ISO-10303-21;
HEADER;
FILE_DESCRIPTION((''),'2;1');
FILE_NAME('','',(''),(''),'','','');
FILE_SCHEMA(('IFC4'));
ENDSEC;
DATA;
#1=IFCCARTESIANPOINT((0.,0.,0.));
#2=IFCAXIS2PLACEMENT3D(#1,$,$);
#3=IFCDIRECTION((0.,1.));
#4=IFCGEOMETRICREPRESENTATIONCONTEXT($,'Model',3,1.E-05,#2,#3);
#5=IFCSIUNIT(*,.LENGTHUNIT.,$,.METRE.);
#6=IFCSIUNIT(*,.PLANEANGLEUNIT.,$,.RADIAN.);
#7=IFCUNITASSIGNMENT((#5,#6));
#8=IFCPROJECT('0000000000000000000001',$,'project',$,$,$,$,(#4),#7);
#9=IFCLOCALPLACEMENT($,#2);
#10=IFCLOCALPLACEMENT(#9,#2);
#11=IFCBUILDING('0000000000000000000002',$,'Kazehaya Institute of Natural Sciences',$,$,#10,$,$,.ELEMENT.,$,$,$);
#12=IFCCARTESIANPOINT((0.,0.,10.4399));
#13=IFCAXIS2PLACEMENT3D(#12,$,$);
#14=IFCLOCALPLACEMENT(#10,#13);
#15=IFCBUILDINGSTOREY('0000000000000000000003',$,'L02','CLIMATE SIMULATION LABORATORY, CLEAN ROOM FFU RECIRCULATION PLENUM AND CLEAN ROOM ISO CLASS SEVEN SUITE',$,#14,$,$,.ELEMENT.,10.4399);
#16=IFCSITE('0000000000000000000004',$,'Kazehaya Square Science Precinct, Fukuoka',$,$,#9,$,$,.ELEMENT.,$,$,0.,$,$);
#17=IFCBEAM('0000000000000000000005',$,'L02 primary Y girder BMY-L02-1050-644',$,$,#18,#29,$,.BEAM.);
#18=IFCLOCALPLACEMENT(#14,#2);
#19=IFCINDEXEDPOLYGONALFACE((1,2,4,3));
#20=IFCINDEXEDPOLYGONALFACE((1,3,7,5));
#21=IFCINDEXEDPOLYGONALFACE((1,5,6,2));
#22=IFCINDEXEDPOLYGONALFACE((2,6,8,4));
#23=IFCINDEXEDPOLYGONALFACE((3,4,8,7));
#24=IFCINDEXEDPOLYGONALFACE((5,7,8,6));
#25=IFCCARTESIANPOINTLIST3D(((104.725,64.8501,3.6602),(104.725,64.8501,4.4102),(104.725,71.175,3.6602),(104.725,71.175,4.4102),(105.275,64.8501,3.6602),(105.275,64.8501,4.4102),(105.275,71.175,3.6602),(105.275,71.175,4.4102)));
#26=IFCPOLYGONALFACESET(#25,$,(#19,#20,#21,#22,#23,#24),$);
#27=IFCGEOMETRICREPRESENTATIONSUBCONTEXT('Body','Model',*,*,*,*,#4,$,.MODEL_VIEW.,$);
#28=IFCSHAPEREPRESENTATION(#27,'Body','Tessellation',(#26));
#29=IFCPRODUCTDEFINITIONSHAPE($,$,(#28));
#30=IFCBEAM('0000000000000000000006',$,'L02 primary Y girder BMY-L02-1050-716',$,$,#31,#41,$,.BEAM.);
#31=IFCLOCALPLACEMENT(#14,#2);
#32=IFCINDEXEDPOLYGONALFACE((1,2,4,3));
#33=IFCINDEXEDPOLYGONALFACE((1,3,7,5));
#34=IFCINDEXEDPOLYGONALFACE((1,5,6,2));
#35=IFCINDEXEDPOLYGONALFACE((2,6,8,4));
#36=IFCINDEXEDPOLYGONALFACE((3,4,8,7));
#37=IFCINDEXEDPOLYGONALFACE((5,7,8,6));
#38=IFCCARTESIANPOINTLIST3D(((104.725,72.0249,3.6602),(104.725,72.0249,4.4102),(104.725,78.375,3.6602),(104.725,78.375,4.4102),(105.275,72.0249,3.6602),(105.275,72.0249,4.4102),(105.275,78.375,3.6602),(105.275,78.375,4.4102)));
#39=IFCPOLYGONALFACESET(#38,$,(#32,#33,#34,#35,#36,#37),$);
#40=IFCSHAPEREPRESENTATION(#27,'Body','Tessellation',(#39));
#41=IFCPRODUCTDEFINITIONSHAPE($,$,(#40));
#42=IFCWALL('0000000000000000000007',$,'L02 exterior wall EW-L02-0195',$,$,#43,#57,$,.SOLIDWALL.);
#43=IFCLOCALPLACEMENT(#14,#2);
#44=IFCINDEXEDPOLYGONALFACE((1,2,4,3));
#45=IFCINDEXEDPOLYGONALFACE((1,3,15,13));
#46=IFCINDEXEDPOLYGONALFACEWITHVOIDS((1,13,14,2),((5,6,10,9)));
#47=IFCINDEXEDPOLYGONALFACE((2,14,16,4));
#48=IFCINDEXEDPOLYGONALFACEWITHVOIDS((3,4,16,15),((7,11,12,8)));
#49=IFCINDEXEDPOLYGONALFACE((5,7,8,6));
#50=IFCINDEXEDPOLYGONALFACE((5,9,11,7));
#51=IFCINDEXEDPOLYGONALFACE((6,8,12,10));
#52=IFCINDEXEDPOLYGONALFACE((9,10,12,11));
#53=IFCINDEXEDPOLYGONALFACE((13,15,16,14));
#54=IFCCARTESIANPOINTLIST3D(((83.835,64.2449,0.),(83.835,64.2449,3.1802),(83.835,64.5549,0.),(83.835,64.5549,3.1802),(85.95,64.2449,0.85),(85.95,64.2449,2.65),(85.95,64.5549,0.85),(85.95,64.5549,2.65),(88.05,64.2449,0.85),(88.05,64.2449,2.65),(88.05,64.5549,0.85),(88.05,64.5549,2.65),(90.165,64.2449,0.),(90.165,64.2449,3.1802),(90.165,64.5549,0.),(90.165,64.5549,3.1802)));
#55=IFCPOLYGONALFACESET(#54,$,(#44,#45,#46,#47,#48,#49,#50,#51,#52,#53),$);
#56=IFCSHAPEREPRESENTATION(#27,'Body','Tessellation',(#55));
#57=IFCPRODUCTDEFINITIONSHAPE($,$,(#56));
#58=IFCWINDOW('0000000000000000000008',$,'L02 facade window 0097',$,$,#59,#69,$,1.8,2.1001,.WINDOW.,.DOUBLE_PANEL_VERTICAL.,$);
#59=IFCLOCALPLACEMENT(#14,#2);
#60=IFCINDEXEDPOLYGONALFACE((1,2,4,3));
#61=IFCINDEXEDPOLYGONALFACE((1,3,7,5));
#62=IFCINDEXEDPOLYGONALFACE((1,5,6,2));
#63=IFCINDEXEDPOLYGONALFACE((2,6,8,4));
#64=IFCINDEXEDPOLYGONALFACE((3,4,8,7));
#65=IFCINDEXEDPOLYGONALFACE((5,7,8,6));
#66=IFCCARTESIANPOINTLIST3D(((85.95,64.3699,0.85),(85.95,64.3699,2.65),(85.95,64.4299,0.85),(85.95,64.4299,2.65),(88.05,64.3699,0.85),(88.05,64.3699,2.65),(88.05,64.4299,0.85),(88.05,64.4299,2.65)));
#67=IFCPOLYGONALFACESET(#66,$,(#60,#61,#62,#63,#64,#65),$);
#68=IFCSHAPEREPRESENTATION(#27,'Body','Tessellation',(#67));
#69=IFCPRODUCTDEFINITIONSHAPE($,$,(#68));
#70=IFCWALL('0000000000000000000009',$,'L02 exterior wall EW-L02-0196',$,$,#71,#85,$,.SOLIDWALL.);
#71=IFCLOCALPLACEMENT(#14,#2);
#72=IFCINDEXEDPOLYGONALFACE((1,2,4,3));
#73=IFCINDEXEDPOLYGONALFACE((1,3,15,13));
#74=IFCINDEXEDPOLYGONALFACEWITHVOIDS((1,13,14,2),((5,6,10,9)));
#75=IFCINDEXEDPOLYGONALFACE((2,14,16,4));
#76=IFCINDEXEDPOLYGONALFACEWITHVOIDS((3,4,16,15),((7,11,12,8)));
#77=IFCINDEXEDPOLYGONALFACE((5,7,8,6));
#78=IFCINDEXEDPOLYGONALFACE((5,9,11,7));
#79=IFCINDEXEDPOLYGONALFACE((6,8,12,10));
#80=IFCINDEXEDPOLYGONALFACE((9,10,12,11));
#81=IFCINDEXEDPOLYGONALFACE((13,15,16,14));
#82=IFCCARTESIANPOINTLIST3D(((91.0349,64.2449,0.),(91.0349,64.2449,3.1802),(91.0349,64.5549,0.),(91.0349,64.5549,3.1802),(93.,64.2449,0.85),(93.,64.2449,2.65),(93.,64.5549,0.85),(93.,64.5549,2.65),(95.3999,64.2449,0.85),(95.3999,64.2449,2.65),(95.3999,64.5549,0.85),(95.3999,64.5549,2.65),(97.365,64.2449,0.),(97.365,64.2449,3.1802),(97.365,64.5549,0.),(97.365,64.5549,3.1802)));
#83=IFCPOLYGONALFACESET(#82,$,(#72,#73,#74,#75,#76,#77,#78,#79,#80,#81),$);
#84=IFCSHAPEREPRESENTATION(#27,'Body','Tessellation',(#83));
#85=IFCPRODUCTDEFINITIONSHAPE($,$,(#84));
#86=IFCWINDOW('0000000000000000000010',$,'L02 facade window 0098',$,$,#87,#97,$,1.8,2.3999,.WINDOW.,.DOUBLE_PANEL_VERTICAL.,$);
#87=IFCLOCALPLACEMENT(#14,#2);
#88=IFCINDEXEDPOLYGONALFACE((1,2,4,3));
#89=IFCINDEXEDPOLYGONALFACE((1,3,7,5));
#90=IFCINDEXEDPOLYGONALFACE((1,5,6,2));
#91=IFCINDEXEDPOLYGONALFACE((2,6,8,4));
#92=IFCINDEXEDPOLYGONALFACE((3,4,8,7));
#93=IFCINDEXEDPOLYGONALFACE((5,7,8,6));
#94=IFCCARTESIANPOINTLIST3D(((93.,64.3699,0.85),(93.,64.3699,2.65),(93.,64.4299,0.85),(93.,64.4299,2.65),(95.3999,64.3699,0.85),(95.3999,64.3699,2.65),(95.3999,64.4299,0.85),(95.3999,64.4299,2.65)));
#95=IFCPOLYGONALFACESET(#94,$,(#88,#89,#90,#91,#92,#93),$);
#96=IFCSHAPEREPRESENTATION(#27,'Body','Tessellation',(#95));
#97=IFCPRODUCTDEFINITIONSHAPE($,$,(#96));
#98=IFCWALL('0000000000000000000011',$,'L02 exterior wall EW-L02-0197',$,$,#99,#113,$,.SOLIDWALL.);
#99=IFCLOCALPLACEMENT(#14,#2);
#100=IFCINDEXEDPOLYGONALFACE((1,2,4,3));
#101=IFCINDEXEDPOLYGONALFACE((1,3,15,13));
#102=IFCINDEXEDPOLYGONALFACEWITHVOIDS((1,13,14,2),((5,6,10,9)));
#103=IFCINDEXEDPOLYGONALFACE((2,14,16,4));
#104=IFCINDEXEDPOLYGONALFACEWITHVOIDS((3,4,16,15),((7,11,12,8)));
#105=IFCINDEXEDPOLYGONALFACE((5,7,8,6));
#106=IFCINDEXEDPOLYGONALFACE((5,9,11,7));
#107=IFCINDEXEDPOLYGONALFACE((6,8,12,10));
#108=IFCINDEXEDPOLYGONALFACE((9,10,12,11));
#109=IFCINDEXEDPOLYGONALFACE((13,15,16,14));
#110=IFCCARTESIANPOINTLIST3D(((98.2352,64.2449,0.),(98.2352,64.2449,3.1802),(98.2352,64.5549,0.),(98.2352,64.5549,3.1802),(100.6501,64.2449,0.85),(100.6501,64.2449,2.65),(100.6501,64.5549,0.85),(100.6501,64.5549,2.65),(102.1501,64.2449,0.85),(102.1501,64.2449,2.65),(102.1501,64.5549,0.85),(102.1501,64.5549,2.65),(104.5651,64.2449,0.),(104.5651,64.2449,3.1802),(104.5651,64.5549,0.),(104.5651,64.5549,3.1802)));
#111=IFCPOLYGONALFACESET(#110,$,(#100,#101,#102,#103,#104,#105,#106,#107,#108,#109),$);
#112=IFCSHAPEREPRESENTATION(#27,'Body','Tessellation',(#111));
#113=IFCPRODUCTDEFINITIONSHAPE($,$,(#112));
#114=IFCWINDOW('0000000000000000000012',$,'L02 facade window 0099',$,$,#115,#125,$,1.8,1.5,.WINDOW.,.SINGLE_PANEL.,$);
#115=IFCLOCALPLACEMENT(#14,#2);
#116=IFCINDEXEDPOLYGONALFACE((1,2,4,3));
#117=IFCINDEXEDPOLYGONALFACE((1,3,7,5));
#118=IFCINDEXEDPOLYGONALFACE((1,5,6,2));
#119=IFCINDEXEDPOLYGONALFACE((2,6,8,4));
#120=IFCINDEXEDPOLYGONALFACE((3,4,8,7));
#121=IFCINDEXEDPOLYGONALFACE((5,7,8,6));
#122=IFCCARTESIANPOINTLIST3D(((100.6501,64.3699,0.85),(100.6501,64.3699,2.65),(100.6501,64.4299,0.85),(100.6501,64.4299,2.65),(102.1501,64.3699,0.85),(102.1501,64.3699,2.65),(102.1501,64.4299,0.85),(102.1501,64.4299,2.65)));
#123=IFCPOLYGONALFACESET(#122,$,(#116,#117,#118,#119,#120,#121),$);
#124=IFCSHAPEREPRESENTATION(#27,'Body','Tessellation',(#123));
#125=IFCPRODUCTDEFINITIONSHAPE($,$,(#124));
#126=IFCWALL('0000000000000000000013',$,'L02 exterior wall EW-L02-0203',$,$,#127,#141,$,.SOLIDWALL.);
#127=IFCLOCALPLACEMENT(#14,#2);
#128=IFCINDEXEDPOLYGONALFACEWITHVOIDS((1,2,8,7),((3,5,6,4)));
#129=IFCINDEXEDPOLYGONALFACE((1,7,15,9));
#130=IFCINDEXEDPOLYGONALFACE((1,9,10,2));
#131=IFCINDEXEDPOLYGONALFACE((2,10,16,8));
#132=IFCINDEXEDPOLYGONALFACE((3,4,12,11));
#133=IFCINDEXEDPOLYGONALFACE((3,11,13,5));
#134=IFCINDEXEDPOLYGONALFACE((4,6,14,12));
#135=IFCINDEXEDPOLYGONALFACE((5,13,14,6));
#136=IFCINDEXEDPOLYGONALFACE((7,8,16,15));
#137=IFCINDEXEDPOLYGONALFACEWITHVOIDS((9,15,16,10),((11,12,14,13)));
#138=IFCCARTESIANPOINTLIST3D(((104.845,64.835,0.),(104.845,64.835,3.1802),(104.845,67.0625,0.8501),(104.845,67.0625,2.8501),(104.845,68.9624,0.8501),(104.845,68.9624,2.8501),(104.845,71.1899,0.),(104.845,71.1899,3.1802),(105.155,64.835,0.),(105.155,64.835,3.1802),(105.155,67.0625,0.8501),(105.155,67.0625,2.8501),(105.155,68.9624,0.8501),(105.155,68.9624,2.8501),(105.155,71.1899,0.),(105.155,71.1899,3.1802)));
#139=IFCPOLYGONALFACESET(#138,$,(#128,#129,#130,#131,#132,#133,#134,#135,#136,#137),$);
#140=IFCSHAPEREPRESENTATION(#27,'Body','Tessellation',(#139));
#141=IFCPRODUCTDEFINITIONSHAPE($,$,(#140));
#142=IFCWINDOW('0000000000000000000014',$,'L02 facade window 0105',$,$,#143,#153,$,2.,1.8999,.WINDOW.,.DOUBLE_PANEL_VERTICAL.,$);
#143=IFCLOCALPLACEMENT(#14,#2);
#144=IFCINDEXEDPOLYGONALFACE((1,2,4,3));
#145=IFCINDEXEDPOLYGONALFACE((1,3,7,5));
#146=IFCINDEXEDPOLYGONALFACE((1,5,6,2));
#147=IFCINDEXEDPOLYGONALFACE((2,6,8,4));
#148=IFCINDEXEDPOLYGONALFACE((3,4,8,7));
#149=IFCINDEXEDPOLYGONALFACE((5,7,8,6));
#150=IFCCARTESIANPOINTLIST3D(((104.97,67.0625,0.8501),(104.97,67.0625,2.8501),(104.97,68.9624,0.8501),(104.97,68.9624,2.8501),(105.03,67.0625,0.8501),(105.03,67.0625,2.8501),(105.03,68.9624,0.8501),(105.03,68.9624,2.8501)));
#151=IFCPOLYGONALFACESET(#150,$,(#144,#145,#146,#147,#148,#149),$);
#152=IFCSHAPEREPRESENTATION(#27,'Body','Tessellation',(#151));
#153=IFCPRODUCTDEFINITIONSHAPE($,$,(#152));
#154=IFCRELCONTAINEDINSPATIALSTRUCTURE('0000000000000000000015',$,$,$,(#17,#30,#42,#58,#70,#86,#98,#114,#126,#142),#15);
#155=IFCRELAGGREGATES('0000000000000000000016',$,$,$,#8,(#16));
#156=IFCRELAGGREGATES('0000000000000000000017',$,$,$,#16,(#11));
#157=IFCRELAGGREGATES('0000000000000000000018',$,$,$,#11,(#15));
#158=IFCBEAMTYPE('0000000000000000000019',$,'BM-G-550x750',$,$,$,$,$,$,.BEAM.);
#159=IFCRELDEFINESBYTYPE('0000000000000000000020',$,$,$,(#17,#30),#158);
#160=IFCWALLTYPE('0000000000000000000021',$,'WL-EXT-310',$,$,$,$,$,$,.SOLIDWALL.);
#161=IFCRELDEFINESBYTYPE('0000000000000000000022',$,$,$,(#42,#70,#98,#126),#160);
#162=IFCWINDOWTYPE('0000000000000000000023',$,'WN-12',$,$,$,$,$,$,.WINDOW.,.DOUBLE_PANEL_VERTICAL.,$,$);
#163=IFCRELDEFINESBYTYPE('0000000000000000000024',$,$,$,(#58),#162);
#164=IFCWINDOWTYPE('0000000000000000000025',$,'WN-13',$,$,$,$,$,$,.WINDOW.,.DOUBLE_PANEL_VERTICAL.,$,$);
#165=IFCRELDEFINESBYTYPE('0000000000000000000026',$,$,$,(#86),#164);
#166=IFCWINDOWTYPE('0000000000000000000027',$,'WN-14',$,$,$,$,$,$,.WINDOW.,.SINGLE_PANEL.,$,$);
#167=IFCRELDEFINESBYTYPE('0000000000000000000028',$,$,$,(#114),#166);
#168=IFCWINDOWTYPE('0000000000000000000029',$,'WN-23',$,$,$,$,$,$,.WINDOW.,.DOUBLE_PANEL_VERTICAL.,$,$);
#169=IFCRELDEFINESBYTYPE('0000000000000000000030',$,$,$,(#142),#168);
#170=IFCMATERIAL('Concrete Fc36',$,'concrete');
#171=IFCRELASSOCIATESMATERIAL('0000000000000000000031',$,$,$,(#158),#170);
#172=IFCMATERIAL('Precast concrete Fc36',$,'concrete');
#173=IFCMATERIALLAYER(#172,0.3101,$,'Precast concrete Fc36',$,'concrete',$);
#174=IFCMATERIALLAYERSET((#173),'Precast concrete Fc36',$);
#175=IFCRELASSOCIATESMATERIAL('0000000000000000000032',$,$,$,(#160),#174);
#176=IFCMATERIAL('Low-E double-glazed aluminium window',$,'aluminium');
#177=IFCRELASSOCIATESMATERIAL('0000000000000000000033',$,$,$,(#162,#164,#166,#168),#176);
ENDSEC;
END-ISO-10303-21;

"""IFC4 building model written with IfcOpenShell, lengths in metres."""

from ifc_helpers import new_model, si_unit, direction, frame, frame_2d, origin, origin_2d, place, context, subcontext, project, spatial, rectangle, extrude, material, layer, layer_set, material_profile, profile_set, type_object, element, fill, save


model = new_model("IFC4")

# Units and contexts
model_context = context("Model", 3, precision=1e-05, world=origin(), true_north=direction((0.0, 1.0)))
body_context = subcontext(model_context, "Body", "Model", "MODEL_VIEW")
ifc_project = project(units=[si_unit("LENGTHUNIT", "METRE"), si_unit("PLANEANGLEUNIT", "RADIAN")], contexts=[model_context])

# Site, building, storey
site_placement = place(None, origin())
site = spatial("IfcSite", under=ifc_project, at=site_placement, Name="Kazehaya Square Science Precinct, Fukuoka", CompositionType="ELEMENT", RefElevation=0.0)
building_placement = place(site_placement, origin())
building = spatial("IfcBuilding", under=site, at=building_placement, Name="Kazehaya Institute of Natural Sciences", CompositionType="ELEMENT")
storey_placement = place(building_placement, frame((0.0, 0.0, 10.4399)))
storey = spatial("IfcBuildingStorey", under=building, at=storey_placement, Name="L02", Description="CLIMATE SIMULATION LABORATORY, CLEAN ROOM FFU RECIRCULATION PLENUM AND CLEAN ROOM ISO CLASS SEVEN SUITE", CompositionType="ELEMENT", Elevation=10.4399)

# Beams
ifc_material_1 = material(Name="Concrete Fc36", Category="concrete")
ifc_material_profile_1 = material_profile(ifc_material_1, rectangle(XDim=0.55, YDim=0.75, at=origin_2d()), Name="RC-550x750")
ifc_profile_set_1 = profile_set([ifc_material_profile_1], Name="Concrete Fc36")
beam_type = type_object("IfcBeamType", Name="BM-G-550x750", PredefinedType="BEAM", material=ifc_profile_set_1)
beam_1_placement = place(storey_placement, frame((105.0, 64.8501, 4.0352), z_axis=(0.0, 1.0, 0.0), x_axis=(-1.0, 0.0, 0.0)))
element("IfcBeam", 1, at=beam_1_placement, inside=storey, type_object=beam_type, Name="L02 primary Y girder BMY-L02-1050-644", PredefinedType="BEAM", context=body_context, shape_type="SweptSolid", body=[
    extrude(rectangle(XDim=0.55, YDim=0.75, at=origin_2d()), origin(), (0.0, 0.0, 1.0), 6.325),
])
beam_2_placement = place(storey_placement, frame((105.0, 72.0249, 4.0352), z_axis=(0.0, 1.0, 0.0), x_axis=(-1.0, 0.0, 0.0)))
element("IfcBeam", 2, at=beam_2_placement, inside=storey, type_object=beam_type, Name="L02 primary Y girder BMY-L02-1050-716", PredefinedType="BEAM", context=body_context, shape_type="SweptSolid", body=[
    extrude(rectangle(XDim=0.55, YDim=0.75, at=origin_2d()), origin(), (0.0, 0.0, 1.0), 6.3501),
])

# Walls, openings, windows
ifc_material_2 = material(Name="Precast concrete Fc36", Category="concrete")
ifc_layer = layer(ifc_material_2, 0.3101, Name="Precast concrete Fc36", Category="concrete")
ifc_layer_set = layer_set([ifc_layer], Name="Precast concrete Fc36")
wall_type = type_object("IfcWallType", Name="WL-EXT-310", PredefinedType="SOLIDWALL", material=ifc_layer_set)
wall_1_placement = place(storey_placement, frame((83.835, 64.3999, 0.0), z_axis=(0.0, 0.0, 1.0), x_axis=(1.0, 0.0, 0.0)))
wall_1 = element("IfcWall", 3, at=wall_1_placement, inside=storey, type_object=wall_type, Name="L02 exterior wall EW-L02-0195", PredefinedType="SOLIDWALL", context=body_context, shape_type="SweptSolid", body=[
    extrude(rectangle(XDim=6.3301, YDim=0.3101, at=frame_2d((3.165, 0.0))), origin(), (0.0, 0.0, 1.0), 3.1802),
])
opening_1_placement = place(wall_1_placement, frame((2.115, 0.0, 0.8501)))
opening_1 = element("IfcOpeningElement", 4, at=opening_1_placement, cuts=wall_1, PredefinedType="OPENING", context=body_context, shape_type="SweptSolid", body=[
    extrude(rectangle(XDim=2.1001, YDim=1.8, at=frame_2d((1.05, 0.8999))), frame((0.0, 0.165, 0.0), z_axis=(0.0, -1.0, 0.0), x_axis=(1.0, 0.0, 0.0)), (0.0, 0.0, 1.0), 0.3301),
])
ifc_material_3 = material(Name="Low-E double-glazed aluminium window", Category="aluminium")
window_type_1 = type_object("IfcWindowType", Name="WN-12", PartitioningType="DOUBLE_PANEL_VERTICAL", PredefinedType="WINDOW", material=ifc_material_3)
window_1_placement = place(opening_1_placement, origin())
window_1 = element("IfcWindow", 5, at=window_1_placement, inside=storey, type_object=window_type_1, Name="L02 facade window 0097", OverallHeight=1.8, OverallWidth=2.1001, PartitioningType="DOUBLE_PANEL_VERTICAL", PredefinedType="WINDOW", context=body_context, shape_type="SweptSolid", body=[
    extrude(rectangle(XDim=2.1001, YDim=1.8, at=frame_2d((1.05, 0.8999))), frame((0.0, 0.03, 0.0), z_axis=(0.0, -1.0, 0.0), x_axis=(1.0, 0.0, 0.0)), (0.0, 0.0, 1.0), 0.0601),
])
fill(opening_1, window_1)
wall_2_placement = place(storey_placement, frame((91.0349, 64.3999, 0.0), z_axis=(0.0, 0.0, 1.0), x_axis=(1.0, 0.0, 0.0)))
wall_2 = element("IfcWall", 6, at=wall_2_placement, inside=storey, type_object=wall_type, Name="L02 exterior wall EW-L02-0196", PredefinedType="SOLIDWALL", context=body_context, shape_type="SweptSolid", body=[
    extrude(rectangle(XDim=6.3301, YDim=0.3101, at=frame_2d((3.165, 0.0))), origin(), (0.0, 0.0, 1.0), 3.1802),
])
opening_2_placement = place(wall_2_placement, frame((1.9651, 0.0, 0.8501)))
opening_2 = element("IfcOpeningElement", 7, at=opening_2_placement, cuts=wall_2, PredefinedType="OPENING", context=body_context, shape_type="SweptSolid", body=[
    extrude(rectangle(XDim=2.3999, YDim=1.8, at=frame_2d((1.2, 0.8999))), frame((0.0, 0.165, 0.0), z_axis=(0.0, -1.0, 0.0), x_axis=(1.0, 0.0, 0.0)), (0.0, 0.0, 1.0), 0.3301),
])
window_type_2 = type_object("IfcWindowType", Name="WN-13", PartitioningType="DOUBLE_PANEL_VERTICAL", PredefinedType="WINDOW", material=ifc_material_3)
window_2_placement = place(opening_2_placement, origin())
window_2 = element("IfcWindow", 8, at=window_2_placement, inside=storey, type_object=window_type_2, Name="L02 facade window 0098", OverallHeight=1.8, OverallWidth=2.3999, PartitioningType="DOUBLE_PANEL_VERTICAL", PredefinedType="WINDOW", context=body_context, shape_type="SweptSolid", body=[
    extrude(rectangle(XDim=2.3999, YDim=1.8, at=frame_2d((1.2, 0.8999))), frame((0.0, 0.03, 0.0), z_axis=(0.0, -1.0, 0.0), x_axis=(1.0, 0.0, 0.0)), (0.0, 0.0, 1.0), 0.0601),
])
fill(opening_2, window_2)
wall_3_placement = place(storey_placement, frame((98.2351, 64.3999, 0.0), z_axis=(0.0, 0.0, 1.0), x_axis=(1.0, 0.0, 0.0)))
wall_3 = element("IfcWall", 9, at=wall_3_placement, inside=storey, type_object=wall_type, Name="L02 exterior wall EW-L02-0197", PredefinedType="SOLIDWALL", context=body_context, shape_type="SweptSolid", body=[
    extrude(rectangle(XDim=6.3298, YDim=0.3101, at=frame_2d((3.165, 0.0))), origin(), (0.0, 0.0, 1.0), 3.1802),
])
opening_3_placement = place(wall_3_placement, frame((2.415, 0.0, 0.8501)))
opening_3 = element("IfcOpeningElement", 10, at=opening_3_placement, cuts=wall_3, PredefinedType="OPENING", context=body_context, shape_type="SweptSolid", body=[
    extrude(rectangle(XDim=1.5, YDim=1.8, at=frame_2d((0.75, 0.8999))), frame((0.0, 0.165, 0.0), z_axis=(0.0, -1.0, 0.0), x_axis=(1.0, 0.0, 0.0)), (0.0, 0.0, 1.0), 0.3301),
])
window_type_3 = type_object("IfcWindowType", Name="WN-14", PartitioningType="SINGLE_PANEL", PredefinedType="WINDOW", material=ifc_material_3)
window_3_placement = place(opening_3_placement, origin())
window_3 = element("IfcWindow", 11, at=window_3_placement, inside=storey, type_object=window_type_3, Name="L02 facade window 0099", OverallHeight=1.8, OverallWidth=1.5, PartitioningType="SINGLE_PANEL", PredefinedType="WINDOW", context=body_context, shape_type="SweptSolid", body=[
    extrude(rectangle(XDim=1.5, YDim=1.8, at=frame_2d((0.75, 0.8999))), frame((0.0, 0.03, 0.0), z_axis=(0.0, -1.0, 0.0), x_axis=(1.0, 0.0, 0.0)), (0.0, 0.0, 1.0), 0.0601),
])
fill(opening_3, window_3)
wall_4_placement = place(storey_placement, frame((105.0, 64.835, 0.0), z_axis=(0.0, 0.0, 1.0), x_axis=(0.0, 1.0, 0.0)))
wall_4 = element("IfcWall", 12, at=wall_4_placement, inside=storey, type_object=wall_type, Name="L02 exterior wall EW-L02-0203", PredefinedType="SOLIDWALL", context=body_context, shape_type="SweptSolid", body=[
    extrude(rectangle(XDim=6.355, YDim=0.3101, at=frame_2d((3.1775, 0.0))), origin(), (0.0, 0.0, 1.0), 3.1802),
])
opening_4_placement = place(wall_4_placement, frame((2.2275, 0.0, 0.8501)))
opening_4 = element("IfcOpeningElement", 13, at=opening_4_placement, cuts=wall_4, PredefinedType="OPENING", context=body_context, shape_type="SweptSolid", body=[
    extrude(rectangle(XDim=1.8999, YDim=2.0, at=frame_2d((0.95, 1.0))), frame((0.0, 0.165, 0.0), z_axis=(0.0, -1.0, 0.0), x_axis=(1.0, 0.0, 0.0)), (0.0, 0.0, 1.0), 0.3301),
])
window_type_4 = type_object("IfcWindowType", Name="WN-23", PartitioningType="DOUBLE_PANEL_VERTICAL", PredefinedType="WINDOW", material=ifc_material_3)
window_4_placement = place(opening_4_placement, origin())
window_4 = element("IfcWindow", 14, at=window_4_placement, inside=storey, type_object=window_type_4, Name="L02 facade window 0105", OverallHeight=2.0, OverallWidth=1.8999, PartitioningType="DOUBLE_PANEL_VERTICAL", PredefinedType="WINDOW", context=body_context, shape_type="SweptSolid", body=[
    extrude(rectangle(XDim=1.8999, YDim=2.0, at=frame_2d((0.95, 1.0))), frame((0.0, 0.03, 0.0), z_axis=(0.0, -1.0, 0.0), x_axis=(1.0, 0.0, 0.0)), (0.0, 0.0, 1.0), 0.0601),
])
fill(opening_4, window_4)

save(model, "model.ifc")
